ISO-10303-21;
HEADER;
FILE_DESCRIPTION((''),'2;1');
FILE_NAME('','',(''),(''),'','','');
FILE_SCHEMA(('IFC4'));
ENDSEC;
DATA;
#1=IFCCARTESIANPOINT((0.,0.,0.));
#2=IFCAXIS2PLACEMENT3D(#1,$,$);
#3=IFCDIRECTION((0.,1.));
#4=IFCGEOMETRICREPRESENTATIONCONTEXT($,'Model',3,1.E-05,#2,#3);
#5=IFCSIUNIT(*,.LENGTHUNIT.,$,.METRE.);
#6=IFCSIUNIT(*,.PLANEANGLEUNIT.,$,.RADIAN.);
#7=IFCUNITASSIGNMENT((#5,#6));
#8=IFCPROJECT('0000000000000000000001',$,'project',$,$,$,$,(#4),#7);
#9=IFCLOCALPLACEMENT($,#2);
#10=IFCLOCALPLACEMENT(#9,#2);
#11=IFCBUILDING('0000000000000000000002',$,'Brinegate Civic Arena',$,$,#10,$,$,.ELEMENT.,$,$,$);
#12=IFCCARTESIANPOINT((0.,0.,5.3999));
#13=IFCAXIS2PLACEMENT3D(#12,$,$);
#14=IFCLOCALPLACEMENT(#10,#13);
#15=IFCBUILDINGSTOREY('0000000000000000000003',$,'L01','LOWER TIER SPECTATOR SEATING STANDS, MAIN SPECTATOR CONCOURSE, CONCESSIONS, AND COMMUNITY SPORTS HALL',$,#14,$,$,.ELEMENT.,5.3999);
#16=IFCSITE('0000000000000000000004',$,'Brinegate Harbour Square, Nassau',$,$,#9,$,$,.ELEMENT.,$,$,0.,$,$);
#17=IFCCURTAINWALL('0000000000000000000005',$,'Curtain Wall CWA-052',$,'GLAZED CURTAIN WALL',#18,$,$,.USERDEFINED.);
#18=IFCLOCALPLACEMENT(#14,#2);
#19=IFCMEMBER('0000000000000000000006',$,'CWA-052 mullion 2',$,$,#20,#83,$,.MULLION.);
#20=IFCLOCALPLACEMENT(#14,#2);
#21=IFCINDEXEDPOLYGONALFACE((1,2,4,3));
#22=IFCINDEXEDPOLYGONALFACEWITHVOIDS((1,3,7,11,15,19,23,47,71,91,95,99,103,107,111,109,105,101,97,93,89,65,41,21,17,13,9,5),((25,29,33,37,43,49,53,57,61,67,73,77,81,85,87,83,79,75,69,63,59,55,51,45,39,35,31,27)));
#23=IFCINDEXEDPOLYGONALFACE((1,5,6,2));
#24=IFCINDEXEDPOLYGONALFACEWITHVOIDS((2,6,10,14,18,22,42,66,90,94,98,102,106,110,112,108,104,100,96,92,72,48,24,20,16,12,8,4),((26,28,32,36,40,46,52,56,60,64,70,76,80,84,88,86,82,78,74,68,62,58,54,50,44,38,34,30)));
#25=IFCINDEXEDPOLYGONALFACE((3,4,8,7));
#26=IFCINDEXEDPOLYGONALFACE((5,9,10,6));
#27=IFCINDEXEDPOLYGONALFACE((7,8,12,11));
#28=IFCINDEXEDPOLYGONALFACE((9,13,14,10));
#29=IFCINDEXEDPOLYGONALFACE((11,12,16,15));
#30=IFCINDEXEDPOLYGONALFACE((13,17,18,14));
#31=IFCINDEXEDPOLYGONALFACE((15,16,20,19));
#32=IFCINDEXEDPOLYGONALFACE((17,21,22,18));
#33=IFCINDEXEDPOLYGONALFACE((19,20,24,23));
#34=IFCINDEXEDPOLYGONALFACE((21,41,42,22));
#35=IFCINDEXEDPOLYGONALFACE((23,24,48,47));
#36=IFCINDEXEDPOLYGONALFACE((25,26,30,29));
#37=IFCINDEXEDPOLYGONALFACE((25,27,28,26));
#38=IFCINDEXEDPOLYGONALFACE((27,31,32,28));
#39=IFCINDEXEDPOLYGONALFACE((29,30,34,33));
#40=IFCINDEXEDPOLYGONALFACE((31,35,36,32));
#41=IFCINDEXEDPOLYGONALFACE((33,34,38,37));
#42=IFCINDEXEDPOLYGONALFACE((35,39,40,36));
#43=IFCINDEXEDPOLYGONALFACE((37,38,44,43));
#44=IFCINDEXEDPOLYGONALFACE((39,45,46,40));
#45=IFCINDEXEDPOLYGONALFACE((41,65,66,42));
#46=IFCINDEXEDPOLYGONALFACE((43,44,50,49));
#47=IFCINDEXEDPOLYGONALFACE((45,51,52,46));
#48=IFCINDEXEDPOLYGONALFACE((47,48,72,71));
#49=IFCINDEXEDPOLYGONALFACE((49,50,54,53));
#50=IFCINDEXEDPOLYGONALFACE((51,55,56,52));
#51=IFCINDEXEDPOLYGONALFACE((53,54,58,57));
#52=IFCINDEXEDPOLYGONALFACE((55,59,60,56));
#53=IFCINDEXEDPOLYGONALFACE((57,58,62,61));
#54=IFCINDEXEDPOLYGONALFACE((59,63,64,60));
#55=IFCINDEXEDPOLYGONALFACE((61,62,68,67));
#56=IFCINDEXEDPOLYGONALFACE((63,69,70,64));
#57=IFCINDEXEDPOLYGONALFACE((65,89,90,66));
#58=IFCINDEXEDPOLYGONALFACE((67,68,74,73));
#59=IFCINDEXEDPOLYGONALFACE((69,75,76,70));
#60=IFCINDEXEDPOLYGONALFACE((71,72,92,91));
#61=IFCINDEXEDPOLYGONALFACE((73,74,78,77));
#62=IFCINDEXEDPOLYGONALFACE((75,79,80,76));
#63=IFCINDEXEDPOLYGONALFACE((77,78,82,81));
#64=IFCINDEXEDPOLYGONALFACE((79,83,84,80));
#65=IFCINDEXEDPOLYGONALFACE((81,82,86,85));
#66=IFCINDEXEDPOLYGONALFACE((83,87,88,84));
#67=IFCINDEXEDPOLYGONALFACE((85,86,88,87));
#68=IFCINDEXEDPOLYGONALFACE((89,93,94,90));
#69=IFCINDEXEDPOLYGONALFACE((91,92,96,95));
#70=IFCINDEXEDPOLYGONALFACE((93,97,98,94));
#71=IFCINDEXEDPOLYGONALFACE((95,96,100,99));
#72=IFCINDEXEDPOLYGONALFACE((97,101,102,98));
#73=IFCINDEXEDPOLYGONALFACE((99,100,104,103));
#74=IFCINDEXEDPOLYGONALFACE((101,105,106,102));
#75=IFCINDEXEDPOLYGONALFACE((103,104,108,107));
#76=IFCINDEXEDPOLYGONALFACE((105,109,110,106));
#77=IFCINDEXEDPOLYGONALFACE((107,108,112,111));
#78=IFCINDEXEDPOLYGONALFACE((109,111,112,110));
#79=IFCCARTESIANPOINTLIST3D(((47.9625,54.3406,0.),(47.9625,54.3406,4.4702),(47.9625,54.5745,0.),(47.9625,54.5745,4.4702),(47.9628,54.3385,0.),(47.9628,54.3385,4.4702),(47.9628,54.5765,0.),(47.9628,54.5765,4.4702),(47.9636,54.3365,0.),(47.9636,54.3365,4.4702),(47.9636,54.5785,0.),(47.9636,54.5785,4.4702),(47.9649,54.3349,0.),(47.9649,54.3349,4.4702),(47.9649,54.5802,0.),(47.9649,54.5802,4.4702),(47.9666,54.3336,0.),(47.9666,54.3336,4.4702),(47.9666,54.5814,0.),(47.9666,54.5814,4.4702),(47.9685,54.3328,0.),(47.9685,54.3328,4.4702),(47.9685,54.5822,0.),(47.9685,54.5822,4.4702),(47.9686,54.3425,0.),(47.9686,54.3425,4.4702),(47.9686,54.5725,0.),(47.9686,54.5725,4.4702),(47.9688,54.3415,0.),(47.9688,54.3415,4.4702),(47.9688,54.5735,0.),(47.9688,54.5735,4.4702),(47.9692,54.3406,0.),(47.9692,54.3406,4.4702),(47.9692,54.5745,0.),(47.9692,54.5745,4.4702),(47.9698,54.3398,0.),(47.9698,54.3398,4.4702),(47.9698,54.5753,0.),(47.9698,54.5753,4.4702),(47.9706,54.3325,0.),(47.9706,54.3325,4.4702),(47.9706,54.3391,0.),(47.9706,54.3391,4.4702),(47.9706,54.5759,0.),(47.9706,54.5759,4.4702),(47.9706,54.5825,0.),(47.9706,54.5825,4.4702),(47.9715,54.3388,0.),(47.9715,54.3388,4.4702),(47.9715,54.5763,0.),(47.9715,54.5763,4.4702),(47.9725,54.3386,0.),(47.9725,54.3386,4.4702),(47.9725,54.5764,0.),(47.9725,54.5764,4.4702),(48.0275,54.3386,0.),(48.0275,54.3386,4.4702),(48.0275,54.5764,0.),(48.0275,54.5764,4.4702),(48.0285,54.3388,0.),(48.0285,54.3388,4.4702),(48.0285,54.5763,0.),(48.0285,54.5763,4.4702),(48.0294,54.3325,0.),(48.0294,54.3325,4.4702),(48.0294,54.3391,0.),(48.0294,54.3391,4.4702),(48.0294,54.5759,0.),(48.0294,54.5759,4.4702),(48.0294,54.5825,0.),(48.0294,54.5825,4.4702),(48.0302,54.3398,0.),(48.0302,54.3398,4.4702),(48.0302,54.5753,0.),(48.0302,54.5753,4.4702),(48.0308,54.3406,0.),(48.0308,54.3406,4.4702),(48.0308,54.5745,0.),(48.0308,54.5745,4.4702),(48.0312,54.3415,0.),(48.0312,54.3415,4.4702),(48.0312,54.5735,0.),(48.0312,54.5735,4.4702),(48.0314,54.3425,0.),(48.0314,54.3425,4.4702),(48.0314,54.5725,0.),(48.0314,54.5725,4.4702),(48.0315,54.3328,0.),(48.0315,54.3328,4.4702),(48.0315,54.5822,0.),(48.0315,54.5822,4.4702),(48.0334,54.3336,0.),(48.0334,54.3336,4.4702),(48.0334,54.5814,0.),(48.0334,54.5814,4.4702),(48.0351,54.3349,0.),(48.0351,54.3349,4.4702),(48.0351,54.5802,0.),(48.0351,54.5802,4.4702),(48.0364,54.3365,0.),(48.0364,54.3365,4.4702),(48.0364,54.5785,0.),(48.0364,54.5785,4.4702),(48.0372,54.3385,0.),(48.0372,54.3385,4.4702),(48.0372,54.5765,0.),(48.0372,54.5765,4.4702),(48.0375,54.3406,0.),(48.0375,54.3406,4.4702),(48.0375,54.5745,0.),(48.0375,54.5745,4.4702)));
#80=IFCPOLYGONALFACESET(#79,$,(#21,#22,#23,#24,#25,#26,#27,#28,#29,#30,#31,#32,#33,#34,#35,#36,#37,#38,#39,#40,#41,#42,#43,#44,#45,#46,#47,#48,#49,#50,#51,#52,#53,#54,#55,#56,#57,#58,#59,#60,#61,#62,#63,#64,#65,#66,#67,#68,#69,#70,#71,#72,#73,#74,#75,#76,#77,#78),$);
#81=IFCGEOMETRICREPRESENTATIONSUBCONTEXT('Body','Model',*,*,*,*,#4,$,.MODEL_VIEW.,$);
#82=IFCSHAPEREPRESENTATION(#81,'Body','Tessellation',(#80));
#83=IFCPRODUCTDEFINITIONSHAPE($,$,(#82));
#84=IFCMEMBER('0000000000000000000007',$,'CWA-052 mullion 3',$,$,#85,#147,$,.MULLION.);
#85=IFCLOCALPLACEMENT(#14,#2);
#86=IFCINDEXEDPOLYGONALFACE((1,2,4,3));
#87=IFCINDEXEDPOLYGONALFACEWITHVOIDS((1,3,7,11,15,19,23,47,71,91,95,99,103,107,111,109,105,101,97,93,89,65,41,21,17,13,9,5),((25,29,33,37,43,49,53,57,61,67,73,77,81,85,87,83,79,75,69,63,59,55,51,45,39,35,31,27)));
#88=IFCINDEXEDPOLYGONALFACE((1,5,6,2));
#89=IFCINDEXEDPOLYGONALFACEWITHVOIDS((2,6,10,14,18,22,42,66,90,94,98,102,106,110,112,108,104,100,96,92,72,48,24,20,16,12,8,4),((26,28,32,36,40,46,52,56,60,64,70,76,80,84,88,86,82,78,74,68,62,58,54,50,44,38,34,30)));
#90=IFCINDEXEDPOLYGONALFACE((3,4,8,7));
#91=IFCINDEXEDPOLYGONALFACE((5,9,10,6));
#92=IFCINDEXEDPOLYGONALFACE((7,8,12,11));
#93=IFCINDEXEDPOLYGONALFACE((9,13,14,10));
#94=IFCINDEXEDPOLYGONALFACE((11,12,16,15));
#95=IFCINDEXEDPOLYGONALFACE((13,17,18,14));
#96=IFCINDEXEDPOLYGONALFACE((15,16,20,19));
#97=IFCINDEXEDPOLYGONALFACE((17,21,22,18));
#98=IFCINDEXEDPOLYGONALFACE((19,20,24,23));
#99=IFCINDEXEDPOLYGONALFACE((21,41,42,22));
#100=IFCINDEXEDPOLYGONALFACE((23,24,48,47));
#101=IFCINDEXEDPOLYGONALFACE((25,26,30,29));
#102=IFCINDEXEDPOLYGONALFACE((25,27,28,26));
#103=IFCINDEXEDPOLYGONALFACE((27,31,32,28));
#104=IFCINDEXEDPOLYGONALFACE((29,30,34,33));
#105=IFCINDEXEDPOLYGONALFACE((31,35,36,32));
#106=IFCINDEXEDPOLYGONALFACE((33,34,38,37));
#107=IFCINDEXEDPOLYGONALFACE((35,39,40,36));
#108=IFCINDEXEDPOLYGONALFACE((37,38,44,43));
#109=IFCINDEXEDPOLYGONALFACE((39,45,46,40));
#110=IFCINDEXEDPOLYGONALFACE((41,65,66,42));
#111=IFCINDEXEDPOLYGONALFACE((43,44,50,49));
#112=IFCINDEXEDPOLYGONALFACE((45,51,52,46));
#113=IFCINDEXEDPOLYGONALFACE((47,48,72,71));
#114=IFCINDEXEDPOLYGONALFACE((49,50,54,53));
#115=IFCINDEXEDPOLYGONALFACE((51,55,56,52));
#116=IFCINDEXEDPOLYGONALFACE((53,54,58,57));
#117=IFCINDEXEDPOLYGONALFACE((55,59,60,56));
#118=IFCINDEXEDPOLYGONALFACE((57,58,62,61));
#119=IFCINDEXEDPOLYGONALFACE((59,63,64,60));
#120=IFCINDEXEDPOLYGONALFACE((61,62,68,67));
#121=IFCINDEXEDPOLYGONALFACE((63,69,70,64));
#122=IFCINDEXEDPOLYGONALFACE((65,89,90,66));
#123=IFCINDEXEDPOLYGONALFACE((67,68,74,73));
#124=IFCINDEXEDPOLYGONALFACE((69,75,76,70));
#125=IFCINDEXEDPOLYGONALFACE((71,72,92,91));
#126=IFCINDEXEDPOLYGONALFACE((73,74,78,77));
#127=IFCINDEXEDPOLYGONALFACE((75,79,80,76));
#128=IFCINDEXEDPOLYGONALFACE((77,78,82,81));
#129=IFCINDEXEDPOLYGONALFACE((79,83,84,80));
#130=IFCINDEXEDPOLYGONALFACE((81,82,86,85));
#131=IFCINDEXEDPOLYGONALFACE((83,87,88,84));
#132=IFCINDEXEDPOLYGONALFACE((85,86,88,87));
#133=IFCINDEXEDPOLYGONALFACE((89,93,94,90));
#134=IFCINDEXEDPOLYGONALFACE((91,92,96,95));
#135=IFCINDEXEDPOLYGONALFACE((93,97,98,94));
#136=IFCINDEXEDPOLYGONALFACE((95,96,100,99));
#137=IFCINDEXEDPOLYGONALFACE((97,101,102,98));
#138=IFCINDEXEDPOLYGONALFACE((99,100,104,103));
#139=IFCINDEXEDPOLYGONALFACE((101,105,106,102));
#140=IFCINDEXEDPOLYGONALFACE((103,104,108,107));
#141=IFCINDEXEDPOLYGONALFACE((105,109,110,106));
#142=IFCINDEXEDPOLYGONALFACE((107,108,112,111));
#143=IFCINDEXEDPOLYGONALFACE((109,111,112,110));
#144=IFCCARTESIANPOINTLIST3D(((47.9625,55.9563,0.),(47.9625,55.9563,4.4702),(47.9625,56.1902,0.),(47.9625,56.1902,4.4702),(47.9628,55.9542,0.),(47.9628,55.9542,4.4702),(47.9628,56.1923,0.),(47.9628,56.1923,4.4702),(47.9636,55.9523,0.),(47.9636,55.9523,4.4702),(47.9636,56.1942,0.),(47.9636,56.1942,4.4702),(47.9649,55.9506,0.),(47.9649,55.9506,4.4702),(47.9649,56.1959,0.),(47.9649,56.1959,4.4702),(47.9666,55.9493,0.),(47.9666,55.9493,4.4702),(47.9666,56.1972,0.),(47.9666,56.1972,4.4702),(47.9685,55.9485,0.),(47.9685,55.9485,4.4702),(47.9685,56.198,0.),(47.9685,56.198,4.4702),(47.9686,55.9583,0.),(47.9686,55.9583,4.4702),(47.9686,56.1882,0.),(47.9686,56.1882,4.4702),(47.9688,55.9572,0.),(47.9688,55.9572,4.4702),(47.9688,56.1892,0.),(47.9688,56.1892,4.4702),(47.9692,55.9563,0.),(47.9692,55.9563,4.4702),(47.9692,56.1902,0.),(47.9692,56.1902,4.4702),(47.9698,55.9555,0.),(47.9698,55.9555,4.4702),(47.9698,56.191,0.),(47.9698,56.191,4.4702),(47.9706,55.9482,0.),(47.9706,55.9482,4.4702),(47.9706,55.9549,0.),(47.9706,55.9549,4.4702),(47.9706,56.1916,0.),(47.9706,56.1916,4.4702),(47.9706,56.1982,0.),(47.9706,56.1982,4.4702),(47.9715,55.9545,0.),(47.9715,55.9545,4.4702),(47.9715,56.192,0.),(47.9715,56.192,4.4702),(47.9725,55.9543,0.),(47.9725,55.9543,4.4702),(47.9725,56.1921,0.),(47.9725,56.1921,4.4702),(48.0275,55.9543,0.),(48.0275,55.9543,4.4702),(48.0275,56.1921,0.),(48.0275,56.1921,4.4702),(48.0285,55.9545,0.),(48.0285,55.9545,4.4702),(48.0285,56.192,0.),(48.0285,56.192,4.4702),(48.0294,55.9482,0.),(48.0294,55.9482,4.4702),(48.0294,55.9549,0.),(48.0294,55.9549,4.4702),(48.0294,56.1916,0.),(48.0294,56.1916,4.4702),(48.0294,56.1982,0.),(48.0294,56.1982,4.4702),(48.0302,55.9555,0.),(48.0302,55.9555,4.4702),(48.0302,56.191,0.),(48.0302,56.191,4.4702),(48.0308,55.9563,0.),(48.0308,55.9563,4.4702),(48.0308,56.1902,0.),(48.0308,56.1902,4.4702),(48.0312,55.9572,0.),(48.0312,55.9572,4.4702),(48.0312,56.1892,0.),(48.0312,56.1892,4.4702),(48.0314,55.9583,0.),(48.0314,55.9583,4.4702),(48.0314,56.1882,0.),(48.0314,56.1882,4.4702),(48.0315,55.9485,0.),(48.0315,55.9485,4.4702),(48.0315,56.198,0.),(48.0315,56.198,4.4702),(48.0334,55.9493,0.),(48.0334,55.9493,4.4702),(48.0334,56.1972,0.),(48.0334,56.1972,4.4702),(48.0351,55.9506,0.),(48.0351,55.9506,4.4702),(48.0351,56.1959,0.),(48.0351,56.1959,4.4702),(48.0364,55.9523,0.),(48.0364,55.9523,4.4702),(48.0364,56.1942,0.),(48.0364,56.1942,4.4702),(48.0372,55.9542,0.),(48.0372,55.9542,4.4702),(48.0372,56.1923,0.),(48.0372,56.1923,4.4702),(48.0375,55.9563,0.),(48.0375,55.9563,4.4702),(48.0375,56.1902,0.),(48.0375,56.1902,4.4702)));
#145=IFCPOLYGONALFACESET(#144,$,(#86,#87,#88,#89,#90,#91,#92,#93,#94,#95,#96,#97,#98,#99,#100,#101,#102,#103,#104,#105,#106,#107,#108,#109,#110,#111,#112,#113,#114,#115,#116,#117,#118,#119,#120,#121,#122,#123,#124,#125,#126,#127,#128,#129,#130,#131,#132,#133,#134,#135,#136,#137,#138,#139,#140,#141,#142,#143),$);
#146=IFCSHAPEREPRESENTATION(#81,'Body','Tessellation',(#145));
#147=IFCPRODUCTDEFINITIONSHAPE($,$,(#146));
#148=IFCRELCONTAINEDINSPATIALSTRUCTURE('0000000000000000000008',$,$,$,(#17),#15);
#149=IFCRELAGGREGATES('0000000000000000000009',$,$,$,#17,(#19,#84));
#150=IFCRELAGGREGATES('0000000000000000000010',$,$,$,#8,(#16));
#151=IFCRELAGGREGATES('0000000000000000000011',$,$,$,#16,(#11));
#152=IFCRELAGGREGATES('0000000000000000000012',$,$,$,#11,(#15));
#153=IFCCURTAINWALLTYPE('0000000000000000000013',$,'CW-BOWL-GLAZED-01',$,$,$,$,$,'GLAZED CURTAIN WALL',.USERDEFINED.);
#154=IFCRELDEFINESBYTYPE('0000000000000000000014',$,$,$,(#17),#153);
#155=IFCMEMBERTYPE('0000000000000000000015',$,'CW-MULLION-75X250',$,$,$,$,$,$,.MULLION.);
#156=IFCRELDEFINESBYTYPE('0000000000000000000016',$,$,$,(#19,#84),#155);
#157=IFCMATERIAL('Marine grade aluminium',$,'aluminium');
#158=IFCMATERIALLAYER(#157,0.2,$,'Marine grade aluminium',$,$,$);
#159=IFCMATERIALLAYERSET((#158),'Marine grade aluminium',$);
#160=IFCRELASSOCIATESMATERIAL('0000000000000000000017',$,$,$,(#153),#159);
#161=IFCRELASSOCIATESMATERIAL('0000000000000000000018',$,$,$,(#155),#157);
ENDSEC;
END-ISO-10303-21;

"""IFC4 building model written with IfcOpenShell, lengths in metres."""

from ifc_helpers import new_model, si_unit, direction, frame, origin, origin_2d, place, context, subcontext, project, spatial, hollow_rectangle, extrude, material, layer, layer_set, material_profile, profile_set, type_object, element, aggregate, save


model = new_model("IFC4")

# Units and contexts
model_context = context("Model", 3, precision=1e-05, world=origin(), true_north=direction((0.0, 1.0)))
body_context = subcontext(model_context, "Body", "Model", "MODEL_VIEW")
ifc_project = project(units=[si_unit("LENGTHUNIT", "METRE"), si_unit("PLANEANGLEUNIT", "RADIAN")], contexts=[model_context])

# Site, building, storey
site_placement = place(None, origin())
site = spatial("IfcSite", under=ifc_project, at=site_placement, Name="Brinegate Harbour Square, Nassau", CompositionType="ELEMENT", RefElevation=0.0)
building_placement = place(site_placement, origin())
building = spatial("IfcBuilding", under=site, at=building_placement, Name="Brinegate Civic Arena", CompositionType="ELEMENT")
storey_placement = place(building_placement, frame((0.0, 0.0, 5.3999)))
storey = spatial("IfcBuildingStorey", under=building, at=storey_placement, Name="L01", Description="LOWER TIER SPECTATOR SEATING STANDS, MAIN SPECTATOR CONCOURSE, CONCESSIONS, AND COMMUNITY SPORTS HALL", CompositionType="ELEMENT", Elevation=5.3999)

# Curtain wall, members
ifc_material_1 = material(Name="Marine grade aluminium", Category="aluminium")
ifc_layer_1 = layer(ifc_material_1, 0.2, Name="Marine grade aluminium")
ifc_layer_set_1 = layer_set([ifc_layer_1], Name="Marine grade aluminium")
curtain_wall_type = type_object("IfcCurtainWallType", Name="CW-BOWL-GLAZED-01", ElementType="GLAZED CURTAIN WALL", PredefinedType="USERDEFINED", material=ifc_layer_set_1)
curtain_wall_placement = place(storey_placement, origin())
curtain_wall = element("IfcCurtainWall", 1, at=curtain_wall_placement, inside=storey, type_object=curtain_wall_type, Name="Curtain Wall CWA-052", ObjectType="GLAZED CURTAIN WALL", PredefinedType="USERDEFINED")
ifc_material_profile_1 = material_profile(ifc_material_1, hollow_rectangle(XDim=0.075, YDim=0.25, WallThickness=0.0061, InnerFilletRadius=0.0039, OuterFilletRadius=0.0081, at=origin_2d()), Name="MUL75X250")
ifc_profile_set_1 = profile_set([ifc_material_profile_1], Name="Marine grade aluminium")
member_type_1 = type_object("IfcMemberType", Name="CW-MULLION-75X250", PredefinedType="MULLION", material=ifc_profile_set_1)
member_1_placement = place(storey_placement, frame((48.0, 54.4575, 0.0), z_axis=(0.0, 0.0, 1.0), x_axis=(-1.0, 0.0, 0.0)))
member_1 = element("IfcMember", 2, at=member_1_placement, type_object=member_type_1, Name="CWA-052 mullion 2", PredefinedType="MULLION", context=body_context, shape_type="SweptSolid", body=[
    extrude(hollow_rectangle(XDim=0.075, YDim=0.25, WallThickness=0.0061, InnerFilletRadius=0.0039, OuterFilletRadius=0.0081, at=origin_2d()), origin(), (0.0, 0.0, 1.0), 4.4702),
])
member_2_placement = place(storey_placement, frame((48.0, 56.0732, 0.0), z_axis=(0.0, 0.0, 1.0), x_axis=(-1.0, 0.0, 0.0)))
member_2 = element("IfcMember", 3, at=member_2_placement, type_object=member_type_1, Name="CWA-052 mullion 3", PredefinedType="MULLION", context=body_context, shape_type="SweptSolid", body=[
    extrude(hollow_rectangle(XDim=0.075, YDim=0.25, WallThickness=0.0061, InnerFilletRadius=0.0039, OuterFilletRadius=0.0081, at=origin_2d()), origin(), (0.0, 0.0, 1.0), 4.4702),
])
aggregate(curtain_wall, [member_1, member_2])

save(model, "model.ifc")
